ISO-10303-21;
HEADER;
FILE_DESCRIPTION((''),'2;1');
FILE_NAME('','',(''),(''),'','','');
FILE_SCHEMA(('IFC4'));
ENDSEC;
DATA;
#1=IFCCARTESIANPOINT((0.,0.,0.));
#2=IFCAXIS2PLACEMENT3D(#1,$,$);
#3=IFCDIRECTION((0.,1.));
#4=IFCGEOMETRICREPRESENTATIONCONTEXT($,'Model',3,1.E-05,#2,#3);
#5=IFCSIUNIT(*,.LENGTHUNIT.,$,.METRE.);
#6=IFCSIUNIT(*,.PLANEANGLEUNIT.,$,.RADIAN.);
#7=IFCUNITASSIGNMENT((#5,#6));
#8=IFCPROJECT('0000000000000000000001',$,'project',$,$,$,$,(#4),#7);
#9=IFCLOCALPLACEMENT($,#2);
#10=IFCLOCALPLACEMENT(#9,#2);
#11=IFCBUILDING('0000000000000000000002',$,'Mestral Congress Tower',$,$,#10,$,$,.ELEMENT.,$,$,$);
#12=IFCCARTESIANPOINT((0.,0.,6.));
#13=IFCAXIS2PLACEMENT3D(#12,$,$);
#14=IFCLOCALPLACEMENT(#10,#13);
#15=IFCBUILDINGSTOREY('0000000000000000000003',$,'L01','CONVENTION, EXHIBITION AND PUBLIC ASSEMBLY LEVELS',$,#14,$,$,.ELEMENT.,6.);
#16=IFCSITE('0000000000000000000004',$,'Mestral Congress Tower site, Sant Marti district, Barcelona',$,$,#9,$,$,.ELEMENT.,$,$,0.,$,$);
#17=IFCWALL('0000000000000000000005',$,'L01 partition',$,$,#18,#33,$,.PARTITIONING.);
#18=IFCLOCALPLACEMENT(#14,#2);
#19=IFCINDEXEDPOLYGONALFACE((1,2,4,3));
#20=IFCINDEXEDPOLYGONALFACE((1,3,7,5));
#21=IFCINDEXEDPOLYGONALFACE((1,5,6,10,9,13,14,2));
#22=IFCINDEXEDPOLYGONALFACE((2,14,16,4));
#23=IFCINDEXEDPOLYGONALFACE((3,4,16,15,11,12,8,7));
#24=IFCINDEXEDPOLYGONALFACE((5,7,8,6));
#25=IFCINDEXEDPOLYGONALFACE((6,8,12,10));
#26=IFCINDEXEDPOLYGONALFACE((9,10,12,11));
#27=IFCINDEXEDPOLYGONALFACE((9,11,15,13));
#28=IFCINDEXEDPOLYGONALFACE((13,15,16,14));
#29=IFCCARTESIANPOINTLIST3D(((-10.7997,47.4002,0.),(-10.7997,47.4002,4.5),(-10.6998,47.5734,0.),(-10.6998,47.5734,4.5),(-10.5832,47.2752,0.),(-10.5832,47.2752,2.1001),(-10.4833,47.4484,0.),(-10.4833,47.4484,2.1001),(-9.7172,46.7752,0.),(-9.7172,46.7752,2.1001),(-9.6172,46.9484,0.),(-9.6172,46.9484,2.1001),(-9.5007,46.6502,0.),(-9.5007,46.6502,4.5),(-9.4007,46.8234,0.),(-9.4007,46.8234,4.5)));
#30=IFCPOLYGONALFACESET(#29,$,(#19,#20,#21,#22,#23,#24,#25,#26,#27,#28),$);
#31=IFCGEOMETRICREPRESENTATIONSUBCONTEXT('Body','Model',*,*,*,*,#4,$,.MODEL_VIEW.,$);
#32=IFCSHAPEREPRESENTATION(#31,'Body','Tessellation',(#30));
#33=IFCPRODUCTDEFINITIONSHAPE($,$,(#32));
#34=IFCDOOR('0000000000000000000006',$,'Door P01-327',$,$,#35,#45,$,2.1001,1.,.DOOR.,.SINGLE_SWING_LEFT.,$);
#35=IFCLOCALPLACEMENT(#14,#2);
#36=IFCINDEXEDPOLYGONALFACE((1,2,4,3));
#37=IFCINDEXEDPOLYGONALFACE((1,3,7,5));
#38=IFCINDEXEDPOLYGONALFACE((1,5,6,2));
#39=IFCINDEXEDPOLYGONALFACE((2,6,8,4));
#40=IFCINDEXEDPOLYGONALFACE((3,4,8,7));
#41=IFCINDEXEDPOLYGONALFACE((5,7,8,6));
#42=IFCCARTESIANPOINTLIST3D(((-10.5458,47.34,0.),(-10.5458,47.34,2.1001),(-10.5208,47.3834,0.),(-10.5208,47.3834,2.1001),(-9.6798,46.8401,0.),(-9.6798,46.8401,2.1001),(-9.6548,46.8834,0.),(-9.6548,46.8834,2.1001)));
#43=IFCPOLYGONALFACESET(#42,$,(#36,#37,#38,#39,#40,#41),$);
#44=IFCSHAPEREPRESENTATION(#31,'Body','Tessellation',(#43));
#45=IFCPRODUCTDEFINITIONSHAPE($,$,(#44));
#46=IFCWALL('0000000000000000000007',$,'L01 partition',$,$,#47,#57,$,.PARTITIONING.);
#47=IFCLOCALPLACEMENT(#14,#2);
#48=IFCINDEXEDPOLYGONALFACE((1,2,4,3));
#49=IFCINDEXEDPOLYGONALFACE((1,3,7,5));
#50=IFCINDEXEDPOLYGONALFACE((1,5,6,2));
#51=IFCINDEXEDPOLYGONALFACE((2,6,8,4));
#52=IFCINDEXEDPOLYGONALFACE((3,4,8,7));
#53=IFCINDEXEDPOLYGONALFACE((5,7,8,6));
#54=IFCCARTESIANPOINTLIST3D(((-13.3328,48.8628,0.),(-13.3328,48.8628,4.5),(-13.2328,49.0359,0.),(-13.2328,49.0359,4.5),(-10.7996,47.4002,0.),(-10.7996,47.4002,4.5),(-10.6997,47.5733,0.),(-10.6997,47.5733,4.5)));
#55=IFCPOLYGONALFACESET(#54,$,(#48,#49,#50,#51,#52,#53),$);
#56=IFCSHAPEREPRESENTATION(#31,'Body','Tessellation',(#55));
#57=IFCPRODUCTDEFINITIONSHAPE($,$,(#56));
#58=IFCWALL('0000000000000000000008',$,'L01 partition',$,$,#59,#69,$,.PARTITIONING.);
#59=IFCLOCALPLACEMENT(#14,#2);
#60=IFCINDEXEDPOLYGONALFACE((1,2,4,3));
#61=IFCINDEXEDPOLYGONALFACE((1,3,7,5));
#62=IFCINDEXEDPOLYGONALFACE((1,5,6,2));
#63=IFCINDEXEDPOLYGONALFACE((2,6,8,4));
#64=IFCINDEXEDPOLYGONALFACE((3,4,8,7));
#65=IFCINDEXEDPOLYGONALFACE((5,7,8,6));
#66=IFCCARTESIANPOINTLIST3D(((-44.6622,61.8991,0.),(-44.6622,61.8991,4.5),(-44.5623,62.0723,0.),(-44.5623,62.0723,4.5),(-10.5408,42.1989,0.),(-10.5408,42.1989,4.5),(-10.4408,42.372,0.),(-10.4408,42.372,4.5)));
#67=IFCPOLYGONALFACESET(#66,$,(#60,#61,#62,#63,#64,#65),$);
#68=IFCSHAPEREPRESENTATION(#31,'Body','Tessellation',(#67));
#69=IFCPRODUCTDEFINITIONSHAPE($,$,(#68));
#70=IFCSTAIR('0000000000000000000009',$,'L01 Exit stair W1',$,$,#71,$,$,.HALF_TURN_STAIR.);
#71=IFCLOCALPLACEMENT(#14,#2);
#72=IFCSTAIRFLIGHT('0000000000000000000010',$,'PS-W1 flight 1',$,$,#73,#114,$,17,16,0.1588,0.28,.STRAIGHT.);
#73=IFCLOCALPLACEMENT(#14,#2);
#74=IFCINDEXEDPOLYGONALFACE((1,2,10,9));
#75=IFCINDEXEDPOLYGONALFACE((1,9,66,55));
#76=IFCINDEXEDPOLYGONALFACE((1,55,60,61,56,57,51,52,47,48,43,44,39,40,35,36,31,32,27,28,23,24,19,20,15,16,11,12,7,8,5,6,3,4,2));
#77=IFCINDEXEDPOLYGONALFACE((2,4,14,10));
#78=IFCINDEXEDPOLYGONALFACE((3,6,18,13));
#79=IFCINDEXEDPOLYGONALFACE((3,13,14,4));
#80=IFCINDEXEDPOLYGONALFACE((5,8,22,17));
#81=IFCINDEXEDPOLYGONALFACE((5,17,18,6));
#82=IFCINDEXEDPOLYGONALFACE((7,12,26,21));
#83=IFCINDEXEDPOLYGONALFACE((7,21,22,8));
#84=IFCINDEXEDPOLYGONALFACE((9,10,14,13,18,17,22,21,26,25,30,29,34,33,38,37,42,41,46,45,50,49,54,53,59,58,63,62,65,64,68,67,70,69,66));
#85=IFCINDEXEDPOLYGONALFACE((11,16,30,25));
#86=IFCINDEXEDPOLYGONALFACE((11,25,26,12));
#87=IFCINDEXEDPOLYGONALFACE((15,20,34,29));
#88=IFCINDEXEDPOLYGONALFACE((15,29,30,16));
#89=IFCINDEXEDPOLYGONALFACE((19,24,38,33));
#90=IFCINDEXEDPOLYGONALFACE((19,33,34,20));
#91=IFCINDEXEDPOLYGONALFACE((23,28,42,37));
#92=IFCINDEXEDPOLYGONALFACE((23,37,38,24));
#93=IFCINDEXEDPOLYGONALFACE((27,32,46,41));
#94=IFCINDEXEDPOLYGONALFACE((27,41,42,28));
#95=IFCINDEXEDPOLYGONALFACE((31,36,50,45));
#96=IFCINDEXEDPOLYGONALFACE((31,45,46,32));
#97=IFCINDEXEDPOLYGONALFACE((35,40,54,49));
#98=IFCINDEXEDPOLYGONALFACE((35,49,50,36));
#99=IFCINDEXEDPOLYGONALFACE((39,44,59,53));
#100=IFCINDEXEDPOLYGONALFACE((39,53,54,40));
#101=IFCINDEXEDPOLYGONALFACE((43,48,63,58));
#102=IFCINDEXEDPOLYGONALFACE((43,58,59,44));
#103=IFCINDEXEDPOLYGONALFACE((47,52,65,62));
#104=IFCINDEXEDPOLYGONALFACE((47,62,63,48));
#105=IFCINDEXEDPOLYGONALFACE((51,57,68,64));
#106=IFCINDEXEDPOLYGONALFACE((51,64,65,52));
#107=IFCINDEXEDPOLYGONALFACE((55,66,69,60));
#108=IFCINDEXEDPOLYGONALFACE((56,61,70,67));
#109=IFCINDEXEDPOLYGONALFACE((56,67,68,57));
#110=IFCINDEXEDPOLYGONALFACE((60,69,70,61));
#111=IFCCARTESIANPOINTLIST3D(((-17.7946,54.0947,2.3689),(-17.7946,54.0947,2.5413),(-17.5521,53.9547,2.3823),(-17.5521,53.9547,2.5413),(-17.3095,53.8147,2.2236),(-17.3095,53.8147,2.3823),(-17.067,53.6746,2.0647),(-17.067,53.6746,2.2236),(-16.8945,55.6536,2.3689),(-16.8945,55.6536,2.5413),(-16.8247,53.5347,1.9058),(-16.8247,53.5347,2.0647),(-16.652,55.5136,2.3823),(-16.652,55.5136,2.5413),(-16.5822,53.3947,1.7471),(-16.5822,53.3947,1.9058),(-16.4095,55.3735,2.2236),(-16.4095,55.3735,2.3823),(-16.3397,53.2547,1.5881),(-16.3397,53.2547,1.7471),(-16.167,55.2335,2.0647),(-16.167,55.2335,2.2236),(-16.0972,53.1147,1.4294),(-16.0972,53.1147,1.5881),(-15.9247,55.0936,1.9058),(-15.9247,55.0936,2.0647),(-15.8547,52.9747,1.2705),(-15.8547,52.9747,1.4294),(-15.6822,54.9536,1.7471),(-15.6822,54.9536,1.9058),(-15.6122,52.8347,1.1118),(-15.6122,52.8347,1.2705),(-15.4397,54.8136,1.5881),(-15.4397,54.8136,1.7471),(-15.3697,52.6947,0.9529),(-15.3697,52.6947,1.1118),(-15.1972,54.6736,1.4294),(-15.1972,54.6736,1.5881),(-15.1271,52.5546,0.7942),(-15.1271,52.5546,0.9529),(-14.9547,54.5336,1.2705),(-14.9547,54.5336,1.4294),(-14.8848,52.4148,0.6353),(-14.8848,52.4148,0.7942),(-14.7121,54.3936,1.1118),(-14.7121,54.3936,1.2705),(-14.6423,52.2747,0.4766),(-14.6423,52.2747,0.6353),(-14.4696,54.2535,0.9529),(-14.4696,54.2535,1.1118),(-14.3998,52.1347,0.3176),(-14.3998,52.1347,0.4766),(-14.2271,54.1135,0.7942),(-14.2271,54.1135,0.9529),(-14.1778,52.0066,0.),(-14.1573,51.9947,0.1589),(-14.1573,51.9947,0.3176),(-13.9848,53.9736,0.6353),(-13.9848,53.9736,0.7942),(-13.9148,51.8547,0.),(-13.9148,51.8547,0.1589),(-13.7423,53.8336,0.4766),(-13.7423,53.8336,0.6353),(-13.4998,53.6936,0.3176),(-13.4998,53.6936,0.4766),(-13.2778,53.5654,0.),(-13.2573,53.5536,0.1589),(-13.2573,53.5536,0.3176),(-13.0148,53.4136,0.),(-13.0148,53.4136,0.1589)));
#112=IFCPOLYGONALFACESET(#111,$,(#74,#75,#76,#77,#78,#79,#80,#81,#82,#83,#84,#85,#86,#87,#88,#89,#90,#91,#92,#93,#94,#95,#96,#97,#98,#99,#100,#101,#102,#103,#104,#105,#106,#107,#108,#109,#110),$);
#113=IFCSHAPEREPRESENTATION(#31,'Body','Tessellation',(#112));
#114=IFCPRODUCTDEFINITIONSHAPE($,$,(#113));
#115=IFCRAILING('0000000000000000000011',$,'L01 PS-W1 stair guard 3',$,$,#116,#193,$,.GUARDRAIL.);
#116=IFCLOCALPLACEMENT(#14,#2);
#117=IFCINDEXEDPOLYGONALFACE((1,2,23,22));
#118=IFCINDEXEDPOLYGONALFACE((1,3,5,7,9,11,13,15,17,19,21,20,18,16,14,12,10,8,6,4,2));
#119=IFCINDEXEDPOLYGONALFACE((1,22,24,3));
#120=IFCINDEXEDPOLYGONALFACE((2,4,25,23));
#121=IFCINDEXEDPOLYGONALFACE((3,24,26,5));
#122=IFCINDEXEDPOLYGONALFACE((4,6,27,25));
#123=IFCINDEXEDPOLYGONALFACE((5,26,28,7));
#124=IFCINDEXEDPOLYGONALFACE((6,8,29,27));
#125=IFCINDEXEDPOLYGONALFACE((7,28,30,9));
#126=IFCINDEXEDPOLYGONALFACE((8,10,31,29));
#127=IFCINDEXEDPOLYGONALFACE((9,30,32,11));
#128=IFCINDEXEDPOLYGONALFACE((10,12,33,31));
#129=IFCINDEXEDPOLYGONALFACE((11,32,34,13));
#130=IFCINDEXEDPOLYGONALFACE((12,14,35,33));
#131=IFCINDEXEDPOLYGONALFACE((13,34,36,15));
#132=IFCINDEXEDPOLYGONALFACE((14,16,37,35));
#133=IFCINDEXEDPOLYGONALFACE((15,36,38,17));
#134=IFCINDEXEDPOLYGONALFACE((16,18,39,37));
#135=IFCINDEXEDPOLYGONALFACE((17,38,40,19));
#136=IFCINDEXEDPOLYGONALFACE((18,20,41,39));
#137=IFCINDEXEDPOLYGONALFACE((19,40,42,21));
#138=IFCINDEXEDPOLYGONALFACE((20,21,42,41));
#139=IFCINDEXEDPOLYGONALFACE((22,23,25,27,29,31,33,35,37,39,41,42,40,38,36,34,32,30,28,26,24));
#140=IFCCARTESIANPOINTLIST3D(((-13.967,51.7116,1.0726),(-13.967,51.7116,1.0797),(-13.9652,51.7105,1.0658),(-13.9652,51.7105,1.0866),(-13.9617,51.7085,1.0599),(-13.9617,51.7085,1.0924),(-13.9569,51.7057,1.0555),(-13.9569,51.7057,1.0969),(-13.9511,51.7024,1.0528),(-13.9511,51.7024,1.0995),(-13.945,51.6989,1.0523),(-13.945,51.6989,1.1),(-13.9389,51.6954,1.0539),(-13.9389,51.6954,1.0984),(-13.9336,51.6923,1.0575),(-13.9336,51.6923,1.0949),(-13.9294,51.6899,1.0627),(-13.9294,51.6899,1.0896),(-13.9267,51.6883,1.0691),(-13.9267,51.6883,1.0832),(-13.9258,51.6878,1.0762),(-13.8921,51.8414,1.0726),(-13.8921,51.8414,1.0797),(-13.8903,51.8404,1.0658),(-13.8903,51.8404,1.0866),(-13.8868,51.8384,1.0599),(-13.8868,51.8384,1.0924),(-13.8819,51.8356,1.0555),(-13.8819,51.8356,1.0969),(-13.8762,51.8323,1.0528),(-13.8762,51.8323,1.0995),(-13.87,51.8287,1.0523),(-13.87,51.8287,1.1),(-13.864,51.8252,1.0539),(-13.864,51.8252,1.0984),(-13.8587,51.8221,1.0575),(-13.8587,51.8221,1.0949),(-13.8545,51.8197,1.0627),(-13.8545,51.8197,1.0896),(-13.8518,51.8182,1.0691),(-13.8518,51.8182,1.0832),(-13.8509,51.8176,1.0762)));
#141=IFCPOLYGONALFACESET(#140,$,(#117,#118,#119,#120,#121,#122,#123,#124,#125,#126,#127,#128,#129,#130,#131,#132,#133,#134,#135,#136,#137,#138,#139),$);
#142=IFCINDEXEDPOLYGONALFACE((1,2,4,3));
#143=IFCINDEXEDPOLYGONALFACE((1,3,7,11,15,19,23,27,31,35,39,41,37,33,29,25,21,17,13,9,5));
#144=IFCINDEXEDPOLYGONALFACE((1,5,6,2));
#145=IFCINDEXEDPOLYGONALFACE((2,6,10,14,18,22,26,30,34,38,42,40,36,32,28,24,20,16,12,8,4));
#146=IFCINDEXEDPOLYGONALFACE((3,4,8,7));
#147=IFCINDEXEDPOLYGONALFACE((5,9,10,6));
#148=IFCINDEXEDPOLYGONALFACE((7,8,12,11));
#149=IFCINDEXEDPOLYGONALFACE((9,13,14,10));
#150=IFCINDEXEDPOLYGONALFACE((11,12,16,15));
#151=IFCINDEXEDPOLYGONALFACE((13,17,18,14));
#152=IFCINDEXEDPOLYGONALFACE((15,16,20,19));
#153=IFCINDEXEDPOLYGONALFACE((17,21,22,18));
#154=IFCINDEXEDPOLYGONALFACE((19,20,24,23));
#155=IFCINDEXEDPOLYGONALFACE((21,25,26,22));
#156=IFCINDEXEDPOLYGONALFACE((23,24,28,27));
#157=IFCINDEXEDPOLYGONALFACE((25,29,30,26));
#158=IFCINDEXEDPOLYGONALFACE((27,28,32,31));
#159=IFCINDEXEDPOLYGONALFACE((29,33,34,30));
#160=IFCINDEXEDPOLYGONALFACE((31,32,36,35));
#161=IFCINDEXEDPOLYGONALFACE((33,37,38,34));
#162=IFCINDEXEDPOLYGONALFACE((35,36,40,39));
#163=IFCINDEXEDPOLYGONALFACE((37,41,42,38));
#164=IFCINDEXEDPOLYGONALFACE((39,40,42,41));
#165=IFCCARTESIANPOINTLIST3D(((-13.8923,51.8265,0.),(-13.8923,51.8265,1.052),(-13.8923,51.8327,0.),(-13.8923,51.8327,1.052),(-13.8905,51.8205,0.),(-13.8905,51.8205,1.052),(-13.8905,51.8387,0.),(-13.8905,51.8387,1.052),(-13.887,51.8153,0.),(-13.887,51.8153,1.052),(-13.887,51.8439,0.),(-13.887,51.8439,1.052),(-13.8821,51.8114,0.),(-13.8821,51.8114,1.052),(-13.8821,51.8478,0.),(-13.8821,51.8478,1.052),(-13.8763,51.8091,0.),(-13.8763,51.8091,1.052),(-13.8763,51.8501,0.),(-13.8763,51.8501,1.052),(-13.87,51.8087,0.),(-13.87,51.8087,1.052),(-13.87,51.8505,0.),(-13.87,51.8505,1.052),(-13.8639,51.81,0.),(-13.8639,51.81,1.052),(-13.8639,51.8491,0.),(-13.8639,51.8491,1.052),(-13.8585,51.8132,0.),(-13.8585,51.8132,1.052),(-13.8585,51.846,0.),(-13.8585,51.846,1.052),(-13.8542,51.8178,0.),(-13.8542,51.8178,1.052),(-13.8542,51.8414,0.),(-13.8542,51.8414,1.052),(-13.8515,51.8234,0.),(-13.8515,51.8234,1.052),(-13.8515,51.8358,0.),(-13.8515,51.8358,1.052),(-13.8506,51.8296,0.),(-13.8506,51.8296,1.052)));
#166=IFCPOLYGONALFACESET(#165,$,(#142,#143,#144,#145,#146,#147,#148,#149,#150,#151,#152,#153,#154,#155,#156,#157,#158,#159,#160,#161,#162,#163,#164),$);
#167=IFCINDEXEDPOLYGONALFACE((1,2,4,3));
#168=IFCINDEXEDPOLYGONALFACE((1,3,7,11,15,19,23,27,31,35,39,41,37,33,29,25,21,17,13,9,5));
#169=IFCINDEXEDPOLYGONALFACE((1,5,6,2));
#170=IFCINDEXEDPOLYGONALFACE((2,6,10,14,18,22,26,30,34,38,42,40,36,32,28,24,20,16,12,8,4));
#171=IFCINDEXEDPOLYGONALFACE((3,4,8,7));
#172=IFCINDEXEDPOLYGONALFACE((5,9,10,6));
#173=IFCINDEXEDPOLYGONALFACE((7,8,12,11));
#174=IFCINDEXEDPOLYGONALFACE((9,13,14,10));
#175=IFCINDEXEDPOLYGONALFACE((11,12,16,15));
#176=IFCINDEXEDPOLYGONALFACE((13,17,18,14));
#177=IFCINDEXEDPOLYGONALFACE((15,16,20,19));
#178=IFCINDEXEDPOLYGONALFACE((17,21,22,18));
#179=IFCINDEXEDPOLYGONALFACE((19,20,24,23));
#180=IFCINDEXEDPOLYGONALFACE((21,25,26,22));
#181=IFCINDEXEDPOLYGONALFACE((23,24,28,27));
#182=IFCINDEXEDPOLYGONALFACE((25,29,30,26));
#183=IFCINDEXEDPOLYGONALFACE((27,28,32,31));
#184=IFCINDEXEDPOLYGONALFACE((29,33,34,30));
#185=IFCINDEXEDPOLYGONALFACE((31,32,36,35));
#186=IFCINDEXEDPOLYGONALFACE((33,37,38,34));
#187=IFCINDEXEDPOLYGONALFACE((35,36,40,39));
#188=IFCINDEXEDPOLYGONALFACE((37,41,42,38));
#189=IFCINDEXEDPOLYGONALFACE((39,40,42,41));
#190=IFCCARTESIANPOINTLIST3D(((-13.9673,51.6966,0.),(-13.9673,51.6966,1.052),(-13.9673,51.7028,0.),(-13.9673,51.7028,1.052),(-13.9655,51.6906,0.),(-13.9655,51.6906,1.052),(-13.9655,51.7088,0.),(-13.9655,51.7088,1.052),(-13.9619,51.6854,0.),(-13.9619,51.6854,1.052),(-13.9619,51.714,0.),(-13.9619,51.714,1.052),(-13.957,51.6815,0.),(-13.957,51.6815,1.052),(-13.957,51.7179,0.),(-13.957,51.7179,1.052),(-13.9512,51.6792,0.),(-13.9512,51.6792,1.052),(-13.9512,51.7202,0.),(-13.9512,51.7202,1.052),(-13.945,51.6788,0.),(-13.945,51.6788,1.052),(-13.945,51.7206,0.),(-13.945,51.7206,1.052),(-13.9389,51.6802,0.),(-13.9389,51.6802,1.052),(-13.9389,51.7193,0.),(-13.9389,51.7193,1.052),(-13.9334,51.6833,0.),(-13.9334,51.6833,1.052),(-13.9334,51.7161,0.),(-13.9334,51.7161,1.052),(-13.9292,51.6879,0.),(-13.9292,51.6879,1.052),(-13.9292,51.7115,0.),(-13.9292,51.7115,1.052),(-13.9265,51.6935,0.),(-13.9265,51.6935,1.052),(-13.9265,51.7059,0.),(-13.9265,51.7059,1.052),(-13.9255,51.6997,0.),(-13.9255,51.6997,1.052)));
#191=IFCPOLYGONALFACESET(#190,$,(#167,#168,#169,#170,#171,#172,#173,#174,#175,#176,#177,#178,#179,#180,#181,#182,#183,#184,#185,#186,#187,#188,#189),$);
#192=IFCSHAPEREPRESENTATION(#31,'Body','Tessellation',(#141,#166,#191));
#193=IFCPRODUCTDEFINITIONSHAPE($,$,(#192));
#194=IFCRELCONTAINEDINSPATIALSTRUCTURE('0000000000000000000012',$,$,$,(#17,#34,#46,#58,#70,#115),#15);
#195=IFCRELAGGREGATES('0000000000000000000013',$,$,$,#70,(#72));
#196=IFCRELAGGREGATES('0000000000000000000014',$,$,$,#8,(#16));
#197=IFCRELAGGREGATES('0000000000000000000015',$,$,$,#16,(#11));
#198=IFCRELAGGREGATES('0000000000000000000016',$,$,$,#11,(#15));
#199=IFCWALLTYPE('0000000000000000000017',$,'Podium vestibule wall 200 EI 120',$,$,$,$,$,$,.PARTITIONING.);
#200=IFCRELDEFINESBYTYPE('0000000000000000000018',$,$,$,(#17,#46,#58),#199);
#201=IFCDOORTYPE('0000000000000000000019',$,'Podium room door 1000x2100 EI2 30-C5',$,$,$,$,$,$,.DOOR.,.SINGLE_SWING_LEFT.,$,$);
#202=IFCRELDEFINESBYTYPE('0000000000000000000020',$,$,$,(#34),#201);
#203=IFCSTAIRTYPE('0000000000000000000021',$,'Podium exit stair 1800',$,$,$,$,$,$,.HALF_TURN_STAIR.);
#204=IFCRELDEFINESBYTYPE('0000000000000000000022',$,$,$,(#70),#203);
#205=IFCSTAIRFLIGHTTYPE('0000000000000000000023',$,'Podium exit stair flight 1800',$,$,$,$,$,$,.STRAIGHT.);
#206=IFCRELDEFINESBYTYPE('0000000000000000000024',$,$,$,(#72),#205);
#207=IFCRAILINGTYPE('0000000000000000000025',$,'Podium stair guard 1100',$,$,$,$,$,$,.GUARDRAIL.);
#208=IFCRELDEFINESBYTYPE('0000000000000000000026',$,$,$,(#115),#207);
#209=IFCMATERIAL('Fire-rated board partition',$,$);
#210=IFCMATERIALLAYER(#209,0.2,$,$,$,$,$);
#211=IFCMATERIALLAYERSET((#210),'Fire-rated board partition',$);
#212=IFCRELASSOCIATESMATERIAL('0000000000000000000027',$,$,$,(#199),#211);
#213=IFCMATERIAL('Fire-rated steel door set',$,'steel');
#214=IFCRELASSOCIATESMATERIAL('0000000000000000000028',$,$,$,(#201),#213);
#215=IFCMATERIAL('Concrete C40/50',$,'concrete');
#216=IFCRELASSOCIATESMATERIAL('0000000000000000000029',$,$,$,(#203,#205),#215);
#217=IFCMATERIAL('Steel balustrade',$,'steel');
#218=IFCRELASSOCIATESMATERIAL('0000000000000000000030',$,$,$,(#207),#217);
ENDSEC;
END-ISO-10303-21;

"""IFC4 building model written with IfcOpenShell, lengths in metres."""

from ifc_helpers import new_model, si_unit, direction, frame, frame_2d, origin, origin_2d, place, context, subcontext, project, spatial, polyline, rectangle, circle, outline, extrude, material, layer, layer_set, type_object, element, fill, aggregate, save


model = new_model("IFC4")

# Units and contexts
model_context = context("Model", 3, precision=1e-05, world=origin(), true_north=direction((0.0, 1.0)))
body_context = subcontext(model_context, "Body", "Model", "MODEL_VIEW")
ifc_project = project(units=[si_unit("LENGTHUNIT", "METRE"), si_unit("PLANEANGLEUNIT", "RADIAN")], contexts=[model_context])

# Site, building, storey
site_placement = place(None, origin())
site = spatial("IfcSite", under=ifc_project, at=site_placement, Name="Mestral Congress Tower site, Sant Marti district, Barcelona", CompositionType="ELEMENT", RefElevation=0.0)
building_placement = place(site_placement, origin())
building = spatial("IfcBuilding", under=site, at=building_placement, Name="Mestral Congress Tower", CompositionType="ELEMENT")
storey_placement = place(building_placement, frame((0.0, 0.0, 6.0)))
storey = spatial("IfcBuildingStorey", under=building, at=storey_placement, Name="L01", Description="CONVENTION, EXHIBITION AND PUBLIC ASSEMBLY LEVELS", CompositionType="ELEMENT", Elevation=6.0)

# Shared definitions
ifc_material_1 = material(Name="Fire-rated steel door set", Category="steel")

# Shared definitions
ifc_material_2 = material(Name="Fire-rated board partition")
ifc_layer_1 = layer(ifc_material_2, 0.2)
ifc_layer_set_1 = layer_set([ifc_layer_1], Name="Fire-rated board partition")
wall_type_1 = type_object("IfcWallType", Name="Podium vestibule wall 200 EI 120", PredefinedType="PARTITIONING", material=ifc_layer_set_1)

# Shared definitions
door_type_1 = type_object("IfcDoorType", Name="Podium room door 1000x2100 EI2 30-C5", OperationType="SINGLE_SWING_LEFT", PredefinedType="DOOR", material=ifc_material_1)

# Wall, opening, door
wall_1_placement = place(storey_placement, frame((-10.7498, 47.4868, 0.0), z_axis=(0.0, 0.0, 1.0), x_axis=(0.866031, -0.49999, 0.0)))
wall_1 = element("IfcWall", 1, at=wall_1_placement, inside=storey, type_object=wall_type_1, Name="L01 partition", PredefinedType="PARTITIONING", context=body_context, shape_type="SweptSolid", body=[
    extrude(rectangle(XDim=1.5, YDim=0.2, at=frame_2d((0.75, 0.0))), origin(), (0.0, 0.0, 1.0), 4.5),
])
opening_1_placement = place(wall_1_placement, frame((0.25, 0.0, 0.0)))
opening_1 = element("IfcOpeningElement", 2, at=opening_1_placement, cuts=wall_1, PredefinedType="OPENING", context=body_context, shape_type="SweptSolid", body=[
    extrude(rectangle(XDim=1.0, YDim=2.1001, at=frame_2d((0.5, 1.05))), frame((0.0, 0.1099, 0.0), z_axis=(0.0, -1.0, 0.0), x_axis=(1.0, 0.0, 0.0)), (0.0, 0.0, 1.0), 0.22),
])
door_1_placement = place(opening_1_placement, origin())
door_1 = element("IfcDoor", 3, at=door_1_placement, inside=storey, type_object=door_type_1, Name="Door P01-327", OperationType="SINGLE_SWING_LEFT", OverallHeight=2.1001, OverallWidth=1.0, PredefinedType="DOOR", context=body_context, shape_type="SweptSolid", body=[
    extrude(rectangle(XDim=1.0, YDim=2.1001, at=frame_2d((0.5, 1.05))), frame((0.0, 0.0249, 0.0), z_axis=(0.0, -1.0, 0.0), x_axis=(1.0, 0.0, 0.0)), (0.0, 0.0, 1.0), 0.05),
])
fill(opening_1, door_1)

# Walls
wall_2_placement = place(storey_placement, frame((-10.7498, 47.4868, 0.0), z_axis=(0.0, 0.0, 1.0), x_axis=(-0.86601, 0.500026, 0.0)))
element("IfcWall", 4, at=wall_2_placement, inside=storey, type_object=wall_type_1, Name="L01 partition", PredefinedType="PARTITIONING", context=body_context, shape_type="SweptSolid", body=[
    extrude(rectangle(XDim=2.925, YDim=0.2, at=frame_2d((1.4624, 0.0))), origin(), (0.0, 0.0, 1.0), 4.5),
])
wall_3_placement = place(storey_placement, frame((-10.4907, 42.2854, 0.0), z_axis=(0.0, 0.0, 1.0), x_axis=(-0.866023, 0.500004, 0.0)))
element("IfcWall", 5, at=wall_3_placement, inside=storey, type_object=wall_type_1, Name="L01 partition", PredefinedType="PARTITIONING", context=body_context, shape_type="SweptSolid", body=[
    extrude(rectangle(XDim=39.4001, YDim=0.2, at=frame_2d((19.7002, 0.0))), origin(), (0.0, 0.0, 1.0), 4.5),
])

# Stair, stair flight
ifc_material_3 = material(Name="Concrete C40/50", Category="concrete")
stair_type = type_object("IfcStairType", Name="Podium exit stair 1800", PredefinedType="HALF_TURN_STAIR", material=ifc_material_3)
stair_placement = place(storey_placement, origin())
stair = element("IfcStair", 6, at=stair_placement, inside=storey, type_object=stair_type, Name="L01 Exit stair W1", PredefinedType="HALF_TURN_STAIR")
stair_flight_type = type_object("IfcStairFlightType", Name="Podium exit stair flight 1800", PredefinedType="STRAIGHT", material=ifc_material_3)
stair_flight_placement = place(storey_placement, frame((-13.4648, 52.634, 0.0), z_axis=(0.0, 0.0, 1.0), x_axis=(-0.866025, 0.5, 0.0)))
stair_flight = element("IfcStairFlight", 7, at=stair_flight_placement, type_object=stair_flight_type, Name="PS-W1 flight 1", NumberOfRisers=17, NumberOfTreads=16, PredefinedType="STRAIGHT", RiserHeight=0.1588, TreadLength=0.28, context=body_context, shape_type="SweptSolid", body=[
    extrude(outline(polyline([(0.0, 0.0), (0.0, 0.1589), (0.28, 0.1589), (0.28, 0.3176), (0.5601, 0.3176), (0.5601, 0.4766), (0.8401, 0.4766), (0.8401, 0.6353), (1.1201, 0.6353), (1.1201, 0.7942), (1.3999, 0.7942), (1.3999, 0.9529), (1.6799, 0.9529), (1.6799, 1.1118), (1.96, 1.1118), (1.96, 1.2705), (2.24, 1.2705), (2.24, 1.4294), (2.52, 1.4294), (2.52, 1.5881), (2.8, 1.5881), (2.8, 1.7471), (3.0801, 1.7471), (3.0801, 1.9058), (3.3601, 1.9058), (3.3601, 2.0647), (3.6399, 2.0647), (3.6399, 2.2236), (3.9199, 2.2236), (3.9199, 2.3823), (4.2, 2.3823), (4.2, 2.5413), (4.48, 2.5413), (4.48, 2.7), (4.48, 2.3689), (0.3037, 0.0), (0.0, 0.0)])), frame((0.0, 0.8999, 0.0), z_axis=(0.0, -1.0, 0.0), x_axis=(1.0, 0.0, 0.0)), (0.0, 0.0, 1.0), 1.8),
])
aggregate(stair, [stair_flight])

# Railing
ifc_material_4 = material(Name="Steel balustrade", Category="steel")
railing_type_1 = type_object("IfcRailingType", Name="Podium stair guard 1100", PredefinedType="GUARDRAIL", material=ifc_material_4)
railing_1_placement = place(storey_placement, frame((-13.8716, 51.8296, 0.0)))
element("IfcRailing", 8, at=railing_1_placement, inside=storey, type_object=railing_type_1, Name="L01 PS-W1 stair guard 3", PredefinedType="GUARDRAIL", context=body_context, shape_type="SweptSolid", body=[
    extrude(circle(Radius=0.0239, at=origin_2d()), frame((0.0, 0.0, 1.0762), z_axis=(-0.499816, -0.866131, 0.0), x_axis=(0.866131, -0.499816, 0.0)), (0.0, 0.0, 1.0), 0.1499),
    extrude(circle(Radius=0.021, at=origin_2d()), origin(), (0.0, 0.0, 1.0), 1.052),
    extrude(circle(Radius=0.021, at=origin_2d()), frame((-0.075, -0.1299, 0.0)), (0.0, 0.0, 1.0), 1.052),
])

save(model, "model.ifc")
